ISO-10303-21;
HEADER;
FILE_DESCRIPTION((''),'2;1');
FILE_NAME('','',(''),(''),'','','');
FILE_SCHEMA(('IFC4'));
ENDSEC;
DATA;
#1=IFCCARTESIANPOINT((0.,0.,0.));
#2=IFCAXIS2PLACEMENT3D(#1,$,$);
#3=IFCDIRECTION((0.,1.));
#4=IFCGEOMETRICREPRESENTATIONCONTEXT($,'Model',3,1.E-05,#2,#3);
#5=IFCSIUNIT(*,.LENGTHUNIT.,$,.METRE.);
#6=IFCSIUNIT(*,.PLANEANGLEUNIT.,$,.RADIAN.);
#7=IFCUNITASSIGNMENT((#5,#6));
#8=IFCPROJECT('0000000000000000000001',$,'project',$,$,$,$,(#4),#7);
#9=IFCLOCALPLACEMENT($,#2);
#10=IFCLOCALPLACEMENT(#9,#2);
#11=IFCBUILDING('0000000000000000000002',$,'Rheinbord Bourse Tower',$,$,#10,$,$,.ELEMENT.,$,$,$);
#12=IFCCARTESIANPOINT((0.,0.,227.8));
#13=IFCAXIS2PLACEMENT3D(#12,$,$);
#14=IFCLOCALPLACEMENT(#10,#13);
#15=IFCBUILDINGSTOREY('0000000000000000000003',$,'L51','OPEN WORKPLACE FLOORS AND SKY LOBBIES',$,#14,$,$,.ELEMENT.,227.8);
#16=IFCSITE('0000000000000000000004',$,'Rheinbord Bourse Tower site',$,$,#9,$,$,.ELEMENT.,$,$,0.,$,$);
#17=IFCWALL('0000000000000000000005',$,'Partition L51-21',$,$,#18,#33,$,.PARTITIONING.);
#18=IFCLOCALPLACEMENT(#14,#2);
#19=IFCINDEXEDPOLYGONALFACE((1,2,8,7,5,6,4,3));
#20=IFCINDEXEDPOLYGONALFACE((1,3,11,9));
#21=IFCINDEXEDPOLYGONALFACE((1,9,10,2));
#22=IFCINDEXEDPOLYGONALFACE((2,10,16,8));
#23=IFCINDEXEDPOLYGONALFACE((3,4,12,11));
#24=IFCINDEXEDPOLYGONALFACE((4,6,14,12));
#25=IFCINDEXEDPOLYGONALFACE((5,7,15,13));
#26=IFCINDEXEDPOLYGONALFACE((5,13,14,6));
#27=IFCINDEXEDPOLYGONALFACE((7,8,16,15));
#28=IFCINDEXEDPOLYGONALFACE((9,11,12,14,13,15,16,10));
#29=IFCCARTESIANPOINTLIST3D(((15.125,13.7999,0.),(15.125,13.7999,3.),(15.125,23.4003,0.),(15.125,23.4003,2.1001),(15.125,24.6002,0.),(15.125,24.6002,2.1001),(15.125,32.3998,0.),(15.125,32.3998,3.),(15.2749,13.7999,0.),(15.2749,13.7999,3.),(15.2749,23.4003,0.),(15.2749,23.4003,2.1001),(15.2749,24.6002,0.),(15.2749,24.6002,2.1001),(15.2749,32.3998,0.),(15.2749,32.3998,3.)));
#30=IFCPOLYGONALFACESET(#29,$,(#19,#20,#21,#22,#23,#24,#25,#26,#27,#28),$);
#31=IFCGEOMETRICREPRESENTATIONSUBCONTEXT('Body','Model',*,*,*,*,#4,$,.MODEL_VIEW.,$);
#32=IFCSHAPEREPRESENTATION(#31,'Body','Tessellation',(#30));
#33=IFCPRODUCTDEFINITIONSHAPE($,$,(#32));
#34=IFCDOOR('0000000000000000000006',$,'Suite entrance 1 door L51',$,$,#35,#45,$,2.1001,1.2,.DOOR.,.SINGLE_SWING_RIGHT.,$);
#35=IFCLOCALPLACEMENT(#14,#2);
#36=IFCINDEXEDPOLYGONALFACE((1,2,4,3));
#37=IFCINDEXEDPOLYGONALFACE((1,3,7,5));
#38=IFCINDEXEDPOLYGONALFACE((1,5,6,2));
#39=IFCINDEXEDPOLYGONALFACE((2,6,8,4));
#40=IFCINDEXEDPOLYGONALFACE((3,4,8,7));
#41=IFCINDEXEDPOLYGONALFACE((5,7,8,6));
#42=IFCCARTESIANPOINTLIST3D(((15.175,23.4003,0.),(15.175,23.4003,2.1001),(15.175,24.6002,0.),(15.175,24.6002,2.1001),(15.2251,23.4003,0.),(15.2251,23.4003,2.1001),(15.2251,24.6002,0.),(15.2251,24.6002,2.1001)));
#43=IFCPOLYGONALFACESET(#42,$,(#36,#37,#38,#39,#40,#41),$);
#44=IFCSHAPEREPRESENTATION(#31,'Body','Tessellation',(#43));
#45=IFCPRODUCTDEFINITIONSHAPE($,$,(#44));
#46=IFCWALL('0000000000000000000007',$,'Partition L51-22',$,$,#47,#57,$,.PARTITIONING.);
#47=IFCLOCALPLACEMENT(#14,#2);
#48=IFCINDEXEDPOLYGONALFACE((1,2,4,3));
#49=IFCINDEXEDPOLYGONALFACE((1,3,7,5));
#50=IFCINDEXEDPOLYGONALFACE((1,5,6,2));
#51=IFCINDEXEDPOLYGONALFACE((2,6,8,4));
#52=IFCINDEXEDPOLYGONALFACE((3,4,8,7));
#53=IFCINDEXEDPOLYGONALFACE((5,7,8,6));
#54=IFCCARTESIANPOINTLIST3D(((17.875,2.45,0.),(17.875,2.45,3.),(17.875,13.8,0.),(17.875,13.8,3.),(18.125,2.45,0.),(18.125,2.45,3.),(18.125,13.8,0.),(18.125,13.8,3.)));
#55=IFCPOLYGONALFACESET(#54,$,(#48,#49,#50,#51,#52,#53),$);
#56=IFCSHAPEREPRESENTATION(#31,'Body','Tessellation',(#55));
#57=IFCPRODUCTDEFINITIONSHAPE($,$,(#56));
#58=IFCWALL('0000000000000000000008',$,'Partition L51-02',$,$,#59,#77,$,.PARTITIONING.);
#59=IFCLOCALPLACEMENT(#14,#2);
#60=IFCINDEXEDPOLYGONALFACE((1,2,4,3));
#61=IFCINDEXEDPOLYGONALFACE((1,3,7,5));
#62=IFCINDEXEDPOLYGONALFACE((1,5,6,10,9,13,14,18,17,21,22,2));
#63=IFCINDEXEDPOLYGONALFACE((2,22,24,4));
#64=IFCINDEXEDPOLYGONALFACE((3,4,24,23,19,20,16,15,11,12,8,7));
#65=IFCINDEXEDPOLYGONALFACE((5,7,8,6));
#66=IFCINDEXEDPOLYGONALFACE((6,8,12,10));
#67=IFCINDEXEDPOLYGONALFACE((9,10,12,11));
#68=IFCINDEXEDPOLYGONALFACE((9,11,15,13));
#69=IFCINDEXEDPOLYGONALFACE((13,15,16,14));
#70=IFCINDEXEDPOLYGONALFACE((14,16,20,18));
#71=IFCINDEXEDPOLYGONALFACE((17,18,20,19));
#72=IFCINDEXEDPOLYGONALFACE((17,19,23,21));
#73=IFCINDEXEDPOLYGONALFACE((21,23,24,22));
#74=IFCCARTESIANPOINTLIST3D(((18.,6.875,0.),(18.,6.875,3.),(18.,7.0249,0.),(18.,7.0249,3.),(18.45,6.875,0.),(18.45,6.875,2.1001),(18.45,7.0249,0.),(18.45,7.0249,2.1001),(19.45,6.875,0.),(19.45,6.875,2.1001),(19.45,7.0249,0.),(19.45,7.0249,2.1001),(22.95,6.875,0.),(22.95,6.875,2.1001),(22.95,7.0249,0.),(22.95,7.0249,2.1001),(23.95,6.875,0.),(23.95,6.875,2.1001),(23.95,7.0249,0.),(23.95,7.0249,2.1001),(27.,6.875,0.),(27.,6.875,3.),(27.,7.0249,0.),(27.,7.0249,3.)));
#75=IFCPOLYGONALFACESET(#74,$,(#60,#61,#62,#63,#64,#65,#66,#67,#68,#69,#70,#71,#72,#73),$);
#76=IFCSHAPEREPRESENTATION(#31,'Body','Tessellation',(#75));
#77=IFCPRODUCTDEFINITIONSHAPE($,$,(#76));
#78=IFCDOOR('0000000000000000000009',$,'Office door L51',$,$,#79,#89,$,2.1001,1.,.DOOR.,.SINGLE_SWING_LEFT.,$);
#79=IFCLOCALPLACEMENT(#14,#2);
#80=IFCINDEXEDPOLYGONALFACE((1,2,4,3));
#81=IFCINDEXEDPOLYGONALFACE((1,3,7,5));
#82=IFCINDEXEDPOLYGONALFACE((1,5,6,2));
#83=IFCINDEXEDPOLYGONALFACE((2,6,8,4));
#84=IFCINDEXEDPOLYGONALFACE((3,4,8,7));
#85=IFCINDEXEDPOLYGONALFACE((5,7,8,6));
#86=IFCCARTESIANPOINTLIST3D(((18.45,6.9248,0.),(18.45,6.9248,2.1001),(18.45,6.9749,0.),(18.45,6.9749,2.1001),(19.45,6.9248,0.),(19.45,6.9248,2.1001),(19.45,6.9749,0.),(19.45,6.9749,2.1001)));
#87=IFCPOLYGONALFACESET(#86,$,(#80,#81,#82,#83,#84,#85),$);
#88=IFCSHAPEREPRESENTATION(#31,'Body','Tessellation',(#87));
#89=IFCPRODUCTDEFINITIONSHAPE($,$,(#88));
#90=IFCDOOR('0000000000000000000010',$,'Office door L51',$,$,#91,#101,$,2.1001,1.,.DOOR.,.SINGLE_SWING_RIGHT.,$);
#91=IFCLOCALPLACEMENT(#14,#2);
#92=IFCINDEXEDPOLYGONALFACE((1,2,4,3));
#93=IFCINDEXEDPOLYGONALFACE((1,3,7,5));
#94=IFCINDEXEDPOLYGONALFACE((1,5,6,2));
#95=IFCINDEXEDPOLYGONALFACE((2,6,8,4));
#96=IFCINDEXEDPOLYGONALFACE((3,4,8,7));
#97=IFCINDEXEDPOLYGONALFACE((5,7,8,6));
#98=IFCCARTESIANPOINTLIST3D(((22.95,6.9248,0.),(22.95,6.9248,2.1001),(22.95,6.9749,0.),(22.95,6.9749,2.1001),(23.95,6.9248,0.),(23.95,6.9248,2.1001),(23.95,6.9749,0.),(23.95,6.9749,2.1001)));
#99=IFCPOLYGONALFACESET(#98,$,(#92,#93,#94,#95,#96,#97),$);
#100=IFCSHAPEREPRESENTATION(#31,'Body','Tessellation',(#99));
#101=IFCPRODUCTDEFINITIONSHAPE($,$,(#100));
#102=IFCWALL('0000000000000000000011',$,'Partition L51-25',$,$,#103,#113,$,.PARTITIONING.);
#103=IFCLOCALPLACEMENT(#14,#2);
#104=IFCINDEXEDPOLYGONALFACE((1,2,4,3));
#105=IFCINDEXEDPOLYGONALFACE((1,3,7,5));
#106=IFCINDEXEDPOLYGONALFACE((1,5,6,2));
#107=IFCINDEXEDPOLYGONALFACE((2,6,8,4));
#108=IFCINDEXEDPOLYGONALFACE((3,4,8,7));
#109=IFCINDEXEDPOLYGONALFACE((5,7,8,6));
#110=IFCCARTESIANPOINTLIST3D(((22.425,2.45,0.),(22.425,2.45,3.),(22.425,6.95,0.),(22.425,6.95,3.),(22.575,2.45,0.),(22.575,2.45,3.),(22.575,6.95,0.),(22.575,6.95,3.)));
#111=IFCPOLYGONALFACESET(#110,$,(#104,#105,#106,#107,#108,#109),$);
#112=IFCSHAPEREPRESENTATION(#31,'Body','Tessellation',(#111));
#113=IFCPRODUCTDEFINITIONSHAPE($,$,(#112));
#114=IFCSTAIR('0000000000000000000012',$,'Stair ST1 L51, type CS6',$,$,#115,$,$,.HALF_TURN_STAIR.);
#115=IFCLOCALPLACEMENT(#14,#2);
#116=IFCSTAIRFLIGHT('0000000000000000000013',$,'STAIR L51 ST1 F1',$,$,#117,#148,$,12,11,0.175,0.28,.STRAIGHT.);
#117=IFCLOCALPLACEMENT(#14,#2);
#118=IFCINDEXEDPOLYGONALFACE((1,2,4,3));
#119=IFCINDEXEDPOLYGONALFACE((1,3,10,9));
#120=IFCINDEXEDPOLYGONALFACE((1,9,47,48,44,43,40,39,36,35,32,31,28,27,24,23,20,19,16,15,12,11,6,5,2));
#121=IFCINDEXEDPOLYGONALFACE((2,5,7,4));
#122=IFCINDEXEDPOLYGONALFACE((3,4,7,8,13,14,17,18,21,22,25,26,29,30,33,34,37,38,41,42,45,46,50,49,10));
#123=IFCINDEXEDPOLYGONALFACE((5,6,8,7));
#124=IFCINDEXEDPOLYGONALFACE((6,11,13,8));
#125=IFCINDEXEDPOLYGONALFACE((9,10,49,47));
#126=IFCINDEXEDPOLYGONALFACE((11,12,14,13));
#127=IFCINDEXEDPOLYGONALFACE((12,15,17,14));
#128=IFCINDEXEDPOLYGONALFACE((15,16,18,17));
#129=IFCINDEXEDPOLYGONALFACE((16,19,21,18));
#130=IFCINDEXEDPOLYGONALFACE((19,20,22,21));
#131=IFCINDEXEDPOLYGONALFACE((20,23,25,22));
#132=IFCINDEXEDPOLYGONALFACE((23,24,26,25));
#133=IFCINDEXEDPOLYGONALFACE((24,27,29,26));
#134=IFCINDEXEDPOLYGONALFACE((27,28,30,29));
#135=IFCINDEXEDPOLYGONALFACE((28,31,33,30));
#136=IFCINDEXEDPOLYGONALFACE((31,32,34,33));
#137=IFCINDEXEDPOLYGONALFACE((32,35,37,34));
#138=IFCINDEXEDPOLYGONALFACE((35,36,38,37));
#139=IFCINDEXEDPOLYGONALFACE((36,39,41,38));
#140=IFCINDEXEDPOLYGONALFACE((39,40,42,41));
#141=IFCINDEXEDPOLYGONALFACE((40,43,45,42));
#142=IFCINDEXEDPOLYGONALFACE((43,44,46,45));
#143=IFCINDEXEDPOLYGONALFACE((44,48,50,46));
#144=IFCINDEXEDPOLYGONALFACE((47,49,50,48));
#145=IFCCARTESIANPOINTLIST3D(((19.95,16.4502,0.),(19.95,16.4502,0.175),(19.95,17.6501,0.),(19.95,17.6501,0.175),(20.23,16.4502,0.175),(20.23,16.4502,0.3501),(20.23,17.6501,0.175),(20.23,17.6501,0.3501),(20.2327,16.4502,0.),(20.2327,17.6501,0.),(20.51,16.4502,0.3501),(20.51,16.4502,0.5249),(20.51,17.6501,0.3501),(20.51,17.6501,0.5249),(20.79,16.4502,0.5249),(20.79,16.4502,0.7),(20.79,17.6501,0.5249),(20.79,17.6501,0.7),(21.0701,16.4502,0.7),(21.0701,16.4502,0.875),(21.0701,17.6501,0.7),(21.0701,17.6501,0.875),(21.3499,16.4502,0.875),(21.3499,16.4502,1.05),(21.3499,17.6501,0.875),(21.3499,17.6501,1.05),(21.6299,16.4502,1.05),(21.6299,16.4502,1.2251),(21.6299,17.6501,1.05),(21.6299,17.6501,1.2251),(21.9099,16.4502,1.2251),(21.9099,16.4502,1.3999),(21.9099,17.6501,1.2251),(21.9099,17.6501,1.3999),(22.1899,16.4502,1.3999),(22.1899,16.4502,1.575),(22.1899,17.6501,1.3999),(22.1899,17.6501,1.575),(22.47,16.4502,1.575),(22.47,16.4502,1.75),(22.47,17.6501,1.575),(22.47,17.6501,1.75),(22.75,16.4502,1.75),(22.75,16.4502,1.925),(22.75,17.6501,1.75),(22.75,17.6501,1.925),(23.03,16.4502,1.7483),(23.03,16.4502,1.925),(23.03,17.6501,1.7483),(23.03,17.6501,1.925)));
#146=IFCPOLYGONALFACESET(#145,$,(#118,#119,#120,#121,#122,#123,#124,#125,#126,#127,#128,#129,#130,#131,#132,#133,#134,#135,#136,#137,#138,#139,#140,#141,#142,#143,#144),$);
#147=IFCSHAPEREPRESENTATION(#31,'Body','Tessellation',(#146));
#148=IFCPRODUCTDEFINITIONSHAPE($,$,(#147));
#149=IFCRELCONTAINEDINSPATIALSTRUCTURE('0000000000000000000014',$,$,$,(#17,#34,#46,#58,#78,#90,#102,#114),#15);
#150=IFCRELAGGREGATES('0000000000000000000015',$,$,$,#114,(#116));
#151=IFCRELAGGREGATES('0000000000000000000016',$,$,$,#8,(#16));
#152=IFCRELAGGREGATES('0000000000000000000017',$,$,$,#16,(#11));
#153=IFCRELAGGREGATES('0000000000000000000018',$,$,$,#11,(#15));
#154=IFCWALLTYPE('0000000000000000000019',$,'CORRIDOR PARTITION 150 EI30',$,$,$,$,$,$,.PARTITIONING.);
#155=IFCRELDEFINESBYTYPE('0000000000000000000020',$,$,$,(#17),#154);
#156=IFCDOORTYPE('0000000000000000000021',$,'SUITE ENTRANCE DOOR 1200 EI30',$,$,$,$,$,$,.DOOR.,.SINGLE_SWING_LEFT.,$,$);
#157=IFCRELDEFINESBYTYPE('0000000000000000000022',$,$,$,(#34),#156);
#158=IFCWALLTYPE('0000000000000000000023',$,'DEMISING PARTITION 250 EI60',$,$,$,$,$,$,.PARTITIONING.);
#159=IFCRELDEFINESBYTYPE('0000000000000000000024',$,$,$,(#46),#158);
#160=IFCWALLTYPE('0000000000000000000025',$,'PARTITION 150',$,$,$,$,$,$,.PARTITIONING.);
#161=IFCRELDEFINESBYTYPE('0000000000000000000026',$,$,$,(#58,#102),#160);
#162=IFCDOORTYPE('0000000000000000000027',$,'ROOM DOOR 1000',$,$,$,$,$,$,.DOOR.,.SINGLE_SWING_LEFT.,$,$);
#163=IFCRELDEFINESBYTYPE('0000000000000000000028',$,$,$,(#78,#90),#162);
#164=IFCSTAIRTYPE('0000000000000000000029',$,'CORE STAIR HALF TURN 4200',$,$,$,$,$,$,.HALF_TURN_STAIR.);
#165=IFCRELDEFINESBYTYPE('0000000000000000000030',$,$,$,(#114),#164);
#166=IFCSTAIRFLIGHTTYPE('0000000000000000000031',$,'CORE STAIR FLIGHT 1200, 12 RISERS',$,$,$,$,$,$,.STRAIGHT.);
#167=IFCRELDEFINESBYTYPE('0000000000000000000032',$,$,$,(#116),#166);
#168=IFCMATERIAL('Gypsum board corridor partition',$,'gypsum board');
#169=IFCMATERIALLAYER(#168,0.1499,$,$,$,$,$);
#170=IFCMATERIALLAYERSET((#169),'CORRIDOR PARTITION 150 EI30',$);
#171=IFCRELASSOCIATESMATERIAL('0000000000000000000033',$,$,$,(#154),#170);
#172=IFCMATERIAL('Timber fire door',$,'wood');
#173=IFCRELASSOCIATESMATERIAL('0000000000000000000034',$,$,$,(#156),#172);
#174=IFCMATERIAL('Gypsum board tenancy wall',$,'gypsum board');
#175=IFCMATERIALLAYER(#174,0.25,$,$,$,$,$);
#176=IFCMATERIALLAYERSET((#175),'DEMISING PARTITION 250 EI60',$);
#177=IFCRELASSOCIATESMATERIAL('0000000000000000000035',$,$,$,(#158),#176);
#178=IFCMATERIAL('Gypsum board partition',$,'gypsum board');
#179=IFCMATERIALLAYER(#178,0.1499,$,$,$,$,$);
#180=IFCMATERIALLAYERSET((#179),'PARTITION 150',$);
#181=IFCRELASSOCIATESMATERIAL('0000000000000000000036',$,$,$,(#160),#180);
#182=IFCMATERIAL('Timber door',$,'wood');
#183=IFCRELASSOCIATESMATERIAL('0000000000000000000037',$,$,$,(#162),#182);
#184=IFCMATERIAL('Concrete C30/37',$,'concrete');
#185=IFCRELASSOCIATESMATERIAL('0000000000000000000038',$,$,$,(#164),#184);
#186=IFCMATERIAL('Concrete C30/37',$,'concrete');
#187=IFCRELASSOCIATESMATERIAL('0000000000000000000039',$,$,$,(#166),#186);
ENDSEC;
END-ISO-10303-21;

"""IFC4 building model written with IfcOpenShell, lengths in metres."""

from ifc_helpers import new_model, si_unit, direction, frame, frame_2d, origin, place, context, subcontext, project, spatial, polyline, rectangle, outline, extrude, material, layer, layer_set, type_object, element, fill, aggregate, save


model = new_model("IFC4")

# Units and contexts
model_context = context("Model", 3, precision=1e-05, world=origin(), true_north=direction((0.0, 1.0)))
body_context = subcontext(model_context, "Body", "Model", "MODEL_VIEW")
ifc_project = project(units=[si_unit("LENGTHUNIT", "METRE"), si_unit("PLANEANGLEUNIT", "RADIAN")], contexts=[model_context])

# Site, building, storey
site_placement = place(None, origin())
site = spatial("IfcSite", under=ifc_project, at=site_placement, Name="Rheinbord Bourse Tower site", CompositionType="ELEMENT", RefElevation=0.0)
building_placement = place(site_placement, origin())
building = spatial("IfcBuilding", under=site, at=building_placement, Name="Rheinbord Bourse Tower", CompositionType="ELEMENT")
storey_placement = place(building_placement, frame((0.0, 0.0, 227.8)))
storey = spatial("IfcBuildingStorey", under=building, at=storey_placement, Name="L51", Description="OPEN WORKPLACE FLOORS AND SKY LOBBIES", CompositionType="ELEMENT", Elevation=227.8)

# Wall, opening, door
ifc_material_1 = material(Name="Gypsum board corridor partition", Category="gypsum board")
ifc_layer_1 = layer(ifc_material_1, 0.1499)
ifc_layer_set_1 = layer_set([ifc_layer_1], Name="CORRIDOR PARTITION 150 EI30")
wall_type_1 = type_object("IfcWallType", Name="CORRIDOR PARTITION 150 EI30", PredefinedType="PARTITIONING", material=ifc_layer_set_1)
ifc_material_2 = material(Name="Timber fire door", Category="wood")
door_type_1 = type_object("IfcDoorType", Name="SUITE ENTRANCE DOOR 1200 EI30", OperationType="SINGLE_SWING_LEFT", PredefinedType="DOOR", material=ifc_material_2)
wall_1_placement = place(storey_placement, frame((15.2, 13.8, 0.0), z_axis=(0.0, 0.0, 1.0), x_axis=(0.0, 1.0, 0.0)))
wall_1 = element("IfcWall", 1, at=wall_1_placement, inside=storey, type_object=wall_type_1, Name="Partition L51-21", PredefinedType="PARTITIONING", context=body_context, shape_type="SweptSolid", body=[
    extrude(rectangle(XDim=18.5999, YDim=0.1499, at=frame_2d((9.2998, 0.0))), origin(), (0.0, 0.0, 1.0), 3.0),
])
opening_1_placement = place(wall_1_placement, frame((9.6001, 0.0, 0.0)))
opening_1 = element("IfcOpeningElement", 2, at=opening_1_placement, cuts=wall_1, PredefinedType="OPENING", context=body_context, shape_type="SweptSolid", body=[
    extrude(rectangle(XDim=1.2, YDim=2.1001, at=frame_2d((0.6001, 1.05))), frame((0.0, 0.085, 0.0), z_axis=(0.0, -1.0, 0.0), x_axis=(1.0, 0.0, 0.0)), (0.0, 0.0, 1.0), 0.1699),
])
door_1_placement = place(opening_1_placement, origin())
door_1 = element("IfcDoor", 3, at=door_1_placement, inside=storey, type_object=door_type_1, Name="Suite entrance 1 door L51", OperationType="SINGLE_SWING_RIGHT", OverallHeight=2.1001, OverallWidth=1.2, PredefinedType="DOOR", context=body_context, shape_type="SweptSolid", body=[
    extrude(rectangle(XDim=1.2, YDim=2.1001, at=frame_2d((0.6001, 1.05))), frame((0.0, 0.0249, 0.0), z_axis=(0.0, -1.0, 0.0), x_axis=(1.0, 0.0, 0.0)), (0.0, 0.0, 1.0), 0.05),
])
fill(opening_1, door_1)

# Wall
ifc_material_3 = material(Name="Gypsum board tenancy wall", Category="gypsum board")
ifc_layer_2 = layer(ifc_material_3, 0.25)
ifc_layer_set_2 = layer_set([ifc_layer_2], Name="DEMISING PARTITION 250 EI60")
wall_type_2 = type_object("IfcWallType", Name="DEMISING PARTITION 250 EI60", PredefinedType="PARTITIONING", material=ifc_layer_set_2)
wall_2_placement = place(storey_placement, frame((18.0, 2.45, 0.0), z_axis=(0.0, 0.0, 1.0), x_axis=(0.0, 1.0, 0.0)))
element("IfcWall", 4, at=wall_2_placement, inside=storey, type_object=wall_type_2, Name="Partition L51-22", PredefinedType="PARTITIONING", context=body_context, shape_type="SweptSolid", body=[
    extrude(rectangle(XDim=11.3501, YDim=0.25, at=frame_2d((5.675, 0.0))), origin(), (0.0, 0.0, 1.0), 3.0),
])

# Wall, openings, doors
ifc_material_4 = material(Name="Gypsum board partition", Category="gypsum board")
ifc_layer_3 = layer(ifc_material_4, 0.1499)
ifc_layer_set_3 = layer_set([ifc_layer_3], Name="PARTITION 150")
wall_type_3 = type_object("IfcWallType", Name="PARTITION 150", PredefinedType="PARTITIONING", material=ifc_layer_set_3)
wall_3_placement = place(storey_placement, frame((18.0, 6.95, 0.0), z_axis=(0.0, 0.0, 1.0), x_axis=(1.0, 0.0, 0.0)))
wall_3 = element("IfcWall", 5, at=wall_3_placement, inside=storey, type_object=wall_type_3, Name="Partition L51-02", PredefinedType="PARTITIONING", context=body_context, shape_type="SweptSolid", body=[
    extrude(rectangle(XDim=9.0, YDim=0.1499, at=frame_2d((4.5, 0.0))), origin(), (0.0, 0.0, 1.0), 3.0),
])
opening_2_placement = place(wall_3_placement, frame((0.45, 0.0, 0.0)))
opening_2 = element("IfcOpeningElement", 6, at=opening_2_placement, cuts=wall_3, PredefinedType="OPENING", context=body_context, shape_type="SweptSolid", body=[
    extrude(rectangle(XDim=1.0, YDim=2.1001, at=frame_2d((0.5, 1.05))), frame((0.0, 0.085, 0.0), z_axis=(0.0, -1.0, 0.0), x_axis=(1.0, 0.0, 0.0)), (0.0, 0.0, 1.0), 0.1699),
])
opening_3_placement = place(wall_3_placement, frame((4.95, 0.0, 0.0)))
opening_3 = element("IfcOpeningElement", 7, at=opening_3_placement, cuts=wall_3, PredefinedType="OPENING", context=body_context, shape_type="SweptSolid", body=[
    extrude(rectangle(XDim=1.0, YDim=2.1001, at=frame_2d((0.5, 1.05))), frame((0.0, 0.085, 0.0), z_axis=(0.0, -1.0, 0.0), x_axis=(1.0, 0.0, 0.0)), (0.0, 0.0, 1.0), 0.1699),
])
ifc_material_5 = material(Name="Timber door", Category="wood")
door_type_2 = type_object("IfcDoorType", Name="ROOM DOOR 1000", OperationType="SINGLE_SWING_LEFT", PredefinedType="DOOR", material=ifc_material_5)
door_2_placement = place(opening_2_placement, origin())
door_2 = element("IfcDoor", 8, at=door_2_placement, inside=storey, type_object=door_type_2, Name="Office door L51", OperationType="SINGLE_SWING_LEFT", OverallHeight=2.1001, OverallWidth=1.0, PredefinedType="DOOR", context=body_context, shape_type="SweptSolid", body=[
    extrude(rectangle(XDim=1.0, YDim=2.1001, at=frame_2d((0.5, 1.05))), frame((0.0, 0.0249, 0.0), z_axis=(0.0, -1.0, 0.0), x_axis=(1.0, 0.0, 0.0)), (0.0, 0.0, 1.0), 0.05),
])
fill(opening_2, door_2)
door_3_placement = place(opening_3_placement, origin())
door_3 = element("IfcDoor", 9, at=door_3_placement, inside=storey, type_object=door_type_2, Name="Office door L51", OperationType="SINGLE_SWING_RIGHT", OverallHeight=2.1001, OverallWidth=1.0, PredefinedType="DOOR", context=body_context, shape_type="SweptSolid", body=[
    extrude(rectangle(XDim=1.0, YDim=2.1001, at=frame_2d((0.5, 1.05))), frame((0.0, 0.0249, 0.0), z_axis=(0.0, -1.0, 0.0), x_axis=(1.0, 0.0, 0.0)), (0.0, 0.0, 1.0), 0.05),
])
fill(opening_3, door_3)

# Wall
wall_4_placement = place(storey_placement, frame((22.5, 2.45, 0.0), z_axis=(0.0, 0.0, 1.0), x_axis=(0.0, 1.0, 0.0)))
element("IfcWall", 10, at=wall_4_placement, inside=storey, type_object=wall_type_3, Name="Partition L51-25", PredefinedType="PARTITIONING", context=body_context, shape_type="SweptSolid", body=[
    extrude(rectangle(XDim=4.5, YDim=0.1499, at=frame_2d((2.25, 0.0))), origin(), (0.0, 0.0, 1.0), 3.0),
])

# Stair, stair flight
ifc_material_6 = material(Name="Concrete C30/37", Category="concrete")
stair_type = type_object("IfcStairType", Name="CORE STAIR HALF TURN 4200", PredefinedType="HALF_TURN_STAIR", material=ifc_material_6)
stair_placement = place(storey_placement, origin())
stair = element("IfcStair", 11, at=stair_placement, inside=storey, type_object=stair_type, Name="Stair ST1 L51, type CS6", PredefinedType="HALF_TURN_STAIR")
ifc_material_7 = material(Name="Concrete C30/37", Category="concrete")
stair_flight_type = type_object("IfcStairFlightType", Name="CORE STAIR FLIGHT 1200, 12 RISERS", PredefinedType="STRAIGHT", material=ifc_material_7)
stair_flight_placement = place(storey_placement, frame((19.95, 17.05, 0.0), z_axis=(0.0, 0.0, 1.0), x_axis=(1.0, 0.0, 0.0)))
stair_flight = element("IfcStairFlight", 12, at=stair_flight_placement, type_object=stair_flight_type, Name="STAIR L51 ST1 F1", NumberOfRisers=12, NumberOfTreads=11, PredefinedType="STRAIGHT", RiserHeight=0.175, TreadLength=0.28, context=body_context, shape_type="SweptSolid", body=[
    extrude(outline(polyline([(0.0, 0.0), (0.0, 0.175), (0.28, 0.175), (0.28, 0.3501), (0.5601, 0.3501), (0.5601, 0.5249), (0.8401, 0.5249), (0.8401, 0.7), (1.1201, 0.7), (1.1201, 0.875), (1.3999, 0.875), (1.3999, 1.05), (1.6799, 1.05), (1.6799, 1.2251), (1.96, 1.2251), (1.96, 1.3999), (2.24, 1.3999), (2.24, 1.575), (2.52, 1.575), (2.52, 1.75), (2.8, 1.75), (2.8, 1.925), (3.0801, 1.925), (3.0801, 2.1001), (3.0801, 1.7483), (0.2827, 0.0), (0.0, 0.0)])), frame((0.0, 0.6001, 0.0), z_axis=(0.0, -1.0, 0.0), x_axis=(1.0, 0.0, 0.0)), (0.0, 0.0, 1.0), 1.2),
])
aggregate(stair, [stair_flight])

save(model, "model.ifc")
